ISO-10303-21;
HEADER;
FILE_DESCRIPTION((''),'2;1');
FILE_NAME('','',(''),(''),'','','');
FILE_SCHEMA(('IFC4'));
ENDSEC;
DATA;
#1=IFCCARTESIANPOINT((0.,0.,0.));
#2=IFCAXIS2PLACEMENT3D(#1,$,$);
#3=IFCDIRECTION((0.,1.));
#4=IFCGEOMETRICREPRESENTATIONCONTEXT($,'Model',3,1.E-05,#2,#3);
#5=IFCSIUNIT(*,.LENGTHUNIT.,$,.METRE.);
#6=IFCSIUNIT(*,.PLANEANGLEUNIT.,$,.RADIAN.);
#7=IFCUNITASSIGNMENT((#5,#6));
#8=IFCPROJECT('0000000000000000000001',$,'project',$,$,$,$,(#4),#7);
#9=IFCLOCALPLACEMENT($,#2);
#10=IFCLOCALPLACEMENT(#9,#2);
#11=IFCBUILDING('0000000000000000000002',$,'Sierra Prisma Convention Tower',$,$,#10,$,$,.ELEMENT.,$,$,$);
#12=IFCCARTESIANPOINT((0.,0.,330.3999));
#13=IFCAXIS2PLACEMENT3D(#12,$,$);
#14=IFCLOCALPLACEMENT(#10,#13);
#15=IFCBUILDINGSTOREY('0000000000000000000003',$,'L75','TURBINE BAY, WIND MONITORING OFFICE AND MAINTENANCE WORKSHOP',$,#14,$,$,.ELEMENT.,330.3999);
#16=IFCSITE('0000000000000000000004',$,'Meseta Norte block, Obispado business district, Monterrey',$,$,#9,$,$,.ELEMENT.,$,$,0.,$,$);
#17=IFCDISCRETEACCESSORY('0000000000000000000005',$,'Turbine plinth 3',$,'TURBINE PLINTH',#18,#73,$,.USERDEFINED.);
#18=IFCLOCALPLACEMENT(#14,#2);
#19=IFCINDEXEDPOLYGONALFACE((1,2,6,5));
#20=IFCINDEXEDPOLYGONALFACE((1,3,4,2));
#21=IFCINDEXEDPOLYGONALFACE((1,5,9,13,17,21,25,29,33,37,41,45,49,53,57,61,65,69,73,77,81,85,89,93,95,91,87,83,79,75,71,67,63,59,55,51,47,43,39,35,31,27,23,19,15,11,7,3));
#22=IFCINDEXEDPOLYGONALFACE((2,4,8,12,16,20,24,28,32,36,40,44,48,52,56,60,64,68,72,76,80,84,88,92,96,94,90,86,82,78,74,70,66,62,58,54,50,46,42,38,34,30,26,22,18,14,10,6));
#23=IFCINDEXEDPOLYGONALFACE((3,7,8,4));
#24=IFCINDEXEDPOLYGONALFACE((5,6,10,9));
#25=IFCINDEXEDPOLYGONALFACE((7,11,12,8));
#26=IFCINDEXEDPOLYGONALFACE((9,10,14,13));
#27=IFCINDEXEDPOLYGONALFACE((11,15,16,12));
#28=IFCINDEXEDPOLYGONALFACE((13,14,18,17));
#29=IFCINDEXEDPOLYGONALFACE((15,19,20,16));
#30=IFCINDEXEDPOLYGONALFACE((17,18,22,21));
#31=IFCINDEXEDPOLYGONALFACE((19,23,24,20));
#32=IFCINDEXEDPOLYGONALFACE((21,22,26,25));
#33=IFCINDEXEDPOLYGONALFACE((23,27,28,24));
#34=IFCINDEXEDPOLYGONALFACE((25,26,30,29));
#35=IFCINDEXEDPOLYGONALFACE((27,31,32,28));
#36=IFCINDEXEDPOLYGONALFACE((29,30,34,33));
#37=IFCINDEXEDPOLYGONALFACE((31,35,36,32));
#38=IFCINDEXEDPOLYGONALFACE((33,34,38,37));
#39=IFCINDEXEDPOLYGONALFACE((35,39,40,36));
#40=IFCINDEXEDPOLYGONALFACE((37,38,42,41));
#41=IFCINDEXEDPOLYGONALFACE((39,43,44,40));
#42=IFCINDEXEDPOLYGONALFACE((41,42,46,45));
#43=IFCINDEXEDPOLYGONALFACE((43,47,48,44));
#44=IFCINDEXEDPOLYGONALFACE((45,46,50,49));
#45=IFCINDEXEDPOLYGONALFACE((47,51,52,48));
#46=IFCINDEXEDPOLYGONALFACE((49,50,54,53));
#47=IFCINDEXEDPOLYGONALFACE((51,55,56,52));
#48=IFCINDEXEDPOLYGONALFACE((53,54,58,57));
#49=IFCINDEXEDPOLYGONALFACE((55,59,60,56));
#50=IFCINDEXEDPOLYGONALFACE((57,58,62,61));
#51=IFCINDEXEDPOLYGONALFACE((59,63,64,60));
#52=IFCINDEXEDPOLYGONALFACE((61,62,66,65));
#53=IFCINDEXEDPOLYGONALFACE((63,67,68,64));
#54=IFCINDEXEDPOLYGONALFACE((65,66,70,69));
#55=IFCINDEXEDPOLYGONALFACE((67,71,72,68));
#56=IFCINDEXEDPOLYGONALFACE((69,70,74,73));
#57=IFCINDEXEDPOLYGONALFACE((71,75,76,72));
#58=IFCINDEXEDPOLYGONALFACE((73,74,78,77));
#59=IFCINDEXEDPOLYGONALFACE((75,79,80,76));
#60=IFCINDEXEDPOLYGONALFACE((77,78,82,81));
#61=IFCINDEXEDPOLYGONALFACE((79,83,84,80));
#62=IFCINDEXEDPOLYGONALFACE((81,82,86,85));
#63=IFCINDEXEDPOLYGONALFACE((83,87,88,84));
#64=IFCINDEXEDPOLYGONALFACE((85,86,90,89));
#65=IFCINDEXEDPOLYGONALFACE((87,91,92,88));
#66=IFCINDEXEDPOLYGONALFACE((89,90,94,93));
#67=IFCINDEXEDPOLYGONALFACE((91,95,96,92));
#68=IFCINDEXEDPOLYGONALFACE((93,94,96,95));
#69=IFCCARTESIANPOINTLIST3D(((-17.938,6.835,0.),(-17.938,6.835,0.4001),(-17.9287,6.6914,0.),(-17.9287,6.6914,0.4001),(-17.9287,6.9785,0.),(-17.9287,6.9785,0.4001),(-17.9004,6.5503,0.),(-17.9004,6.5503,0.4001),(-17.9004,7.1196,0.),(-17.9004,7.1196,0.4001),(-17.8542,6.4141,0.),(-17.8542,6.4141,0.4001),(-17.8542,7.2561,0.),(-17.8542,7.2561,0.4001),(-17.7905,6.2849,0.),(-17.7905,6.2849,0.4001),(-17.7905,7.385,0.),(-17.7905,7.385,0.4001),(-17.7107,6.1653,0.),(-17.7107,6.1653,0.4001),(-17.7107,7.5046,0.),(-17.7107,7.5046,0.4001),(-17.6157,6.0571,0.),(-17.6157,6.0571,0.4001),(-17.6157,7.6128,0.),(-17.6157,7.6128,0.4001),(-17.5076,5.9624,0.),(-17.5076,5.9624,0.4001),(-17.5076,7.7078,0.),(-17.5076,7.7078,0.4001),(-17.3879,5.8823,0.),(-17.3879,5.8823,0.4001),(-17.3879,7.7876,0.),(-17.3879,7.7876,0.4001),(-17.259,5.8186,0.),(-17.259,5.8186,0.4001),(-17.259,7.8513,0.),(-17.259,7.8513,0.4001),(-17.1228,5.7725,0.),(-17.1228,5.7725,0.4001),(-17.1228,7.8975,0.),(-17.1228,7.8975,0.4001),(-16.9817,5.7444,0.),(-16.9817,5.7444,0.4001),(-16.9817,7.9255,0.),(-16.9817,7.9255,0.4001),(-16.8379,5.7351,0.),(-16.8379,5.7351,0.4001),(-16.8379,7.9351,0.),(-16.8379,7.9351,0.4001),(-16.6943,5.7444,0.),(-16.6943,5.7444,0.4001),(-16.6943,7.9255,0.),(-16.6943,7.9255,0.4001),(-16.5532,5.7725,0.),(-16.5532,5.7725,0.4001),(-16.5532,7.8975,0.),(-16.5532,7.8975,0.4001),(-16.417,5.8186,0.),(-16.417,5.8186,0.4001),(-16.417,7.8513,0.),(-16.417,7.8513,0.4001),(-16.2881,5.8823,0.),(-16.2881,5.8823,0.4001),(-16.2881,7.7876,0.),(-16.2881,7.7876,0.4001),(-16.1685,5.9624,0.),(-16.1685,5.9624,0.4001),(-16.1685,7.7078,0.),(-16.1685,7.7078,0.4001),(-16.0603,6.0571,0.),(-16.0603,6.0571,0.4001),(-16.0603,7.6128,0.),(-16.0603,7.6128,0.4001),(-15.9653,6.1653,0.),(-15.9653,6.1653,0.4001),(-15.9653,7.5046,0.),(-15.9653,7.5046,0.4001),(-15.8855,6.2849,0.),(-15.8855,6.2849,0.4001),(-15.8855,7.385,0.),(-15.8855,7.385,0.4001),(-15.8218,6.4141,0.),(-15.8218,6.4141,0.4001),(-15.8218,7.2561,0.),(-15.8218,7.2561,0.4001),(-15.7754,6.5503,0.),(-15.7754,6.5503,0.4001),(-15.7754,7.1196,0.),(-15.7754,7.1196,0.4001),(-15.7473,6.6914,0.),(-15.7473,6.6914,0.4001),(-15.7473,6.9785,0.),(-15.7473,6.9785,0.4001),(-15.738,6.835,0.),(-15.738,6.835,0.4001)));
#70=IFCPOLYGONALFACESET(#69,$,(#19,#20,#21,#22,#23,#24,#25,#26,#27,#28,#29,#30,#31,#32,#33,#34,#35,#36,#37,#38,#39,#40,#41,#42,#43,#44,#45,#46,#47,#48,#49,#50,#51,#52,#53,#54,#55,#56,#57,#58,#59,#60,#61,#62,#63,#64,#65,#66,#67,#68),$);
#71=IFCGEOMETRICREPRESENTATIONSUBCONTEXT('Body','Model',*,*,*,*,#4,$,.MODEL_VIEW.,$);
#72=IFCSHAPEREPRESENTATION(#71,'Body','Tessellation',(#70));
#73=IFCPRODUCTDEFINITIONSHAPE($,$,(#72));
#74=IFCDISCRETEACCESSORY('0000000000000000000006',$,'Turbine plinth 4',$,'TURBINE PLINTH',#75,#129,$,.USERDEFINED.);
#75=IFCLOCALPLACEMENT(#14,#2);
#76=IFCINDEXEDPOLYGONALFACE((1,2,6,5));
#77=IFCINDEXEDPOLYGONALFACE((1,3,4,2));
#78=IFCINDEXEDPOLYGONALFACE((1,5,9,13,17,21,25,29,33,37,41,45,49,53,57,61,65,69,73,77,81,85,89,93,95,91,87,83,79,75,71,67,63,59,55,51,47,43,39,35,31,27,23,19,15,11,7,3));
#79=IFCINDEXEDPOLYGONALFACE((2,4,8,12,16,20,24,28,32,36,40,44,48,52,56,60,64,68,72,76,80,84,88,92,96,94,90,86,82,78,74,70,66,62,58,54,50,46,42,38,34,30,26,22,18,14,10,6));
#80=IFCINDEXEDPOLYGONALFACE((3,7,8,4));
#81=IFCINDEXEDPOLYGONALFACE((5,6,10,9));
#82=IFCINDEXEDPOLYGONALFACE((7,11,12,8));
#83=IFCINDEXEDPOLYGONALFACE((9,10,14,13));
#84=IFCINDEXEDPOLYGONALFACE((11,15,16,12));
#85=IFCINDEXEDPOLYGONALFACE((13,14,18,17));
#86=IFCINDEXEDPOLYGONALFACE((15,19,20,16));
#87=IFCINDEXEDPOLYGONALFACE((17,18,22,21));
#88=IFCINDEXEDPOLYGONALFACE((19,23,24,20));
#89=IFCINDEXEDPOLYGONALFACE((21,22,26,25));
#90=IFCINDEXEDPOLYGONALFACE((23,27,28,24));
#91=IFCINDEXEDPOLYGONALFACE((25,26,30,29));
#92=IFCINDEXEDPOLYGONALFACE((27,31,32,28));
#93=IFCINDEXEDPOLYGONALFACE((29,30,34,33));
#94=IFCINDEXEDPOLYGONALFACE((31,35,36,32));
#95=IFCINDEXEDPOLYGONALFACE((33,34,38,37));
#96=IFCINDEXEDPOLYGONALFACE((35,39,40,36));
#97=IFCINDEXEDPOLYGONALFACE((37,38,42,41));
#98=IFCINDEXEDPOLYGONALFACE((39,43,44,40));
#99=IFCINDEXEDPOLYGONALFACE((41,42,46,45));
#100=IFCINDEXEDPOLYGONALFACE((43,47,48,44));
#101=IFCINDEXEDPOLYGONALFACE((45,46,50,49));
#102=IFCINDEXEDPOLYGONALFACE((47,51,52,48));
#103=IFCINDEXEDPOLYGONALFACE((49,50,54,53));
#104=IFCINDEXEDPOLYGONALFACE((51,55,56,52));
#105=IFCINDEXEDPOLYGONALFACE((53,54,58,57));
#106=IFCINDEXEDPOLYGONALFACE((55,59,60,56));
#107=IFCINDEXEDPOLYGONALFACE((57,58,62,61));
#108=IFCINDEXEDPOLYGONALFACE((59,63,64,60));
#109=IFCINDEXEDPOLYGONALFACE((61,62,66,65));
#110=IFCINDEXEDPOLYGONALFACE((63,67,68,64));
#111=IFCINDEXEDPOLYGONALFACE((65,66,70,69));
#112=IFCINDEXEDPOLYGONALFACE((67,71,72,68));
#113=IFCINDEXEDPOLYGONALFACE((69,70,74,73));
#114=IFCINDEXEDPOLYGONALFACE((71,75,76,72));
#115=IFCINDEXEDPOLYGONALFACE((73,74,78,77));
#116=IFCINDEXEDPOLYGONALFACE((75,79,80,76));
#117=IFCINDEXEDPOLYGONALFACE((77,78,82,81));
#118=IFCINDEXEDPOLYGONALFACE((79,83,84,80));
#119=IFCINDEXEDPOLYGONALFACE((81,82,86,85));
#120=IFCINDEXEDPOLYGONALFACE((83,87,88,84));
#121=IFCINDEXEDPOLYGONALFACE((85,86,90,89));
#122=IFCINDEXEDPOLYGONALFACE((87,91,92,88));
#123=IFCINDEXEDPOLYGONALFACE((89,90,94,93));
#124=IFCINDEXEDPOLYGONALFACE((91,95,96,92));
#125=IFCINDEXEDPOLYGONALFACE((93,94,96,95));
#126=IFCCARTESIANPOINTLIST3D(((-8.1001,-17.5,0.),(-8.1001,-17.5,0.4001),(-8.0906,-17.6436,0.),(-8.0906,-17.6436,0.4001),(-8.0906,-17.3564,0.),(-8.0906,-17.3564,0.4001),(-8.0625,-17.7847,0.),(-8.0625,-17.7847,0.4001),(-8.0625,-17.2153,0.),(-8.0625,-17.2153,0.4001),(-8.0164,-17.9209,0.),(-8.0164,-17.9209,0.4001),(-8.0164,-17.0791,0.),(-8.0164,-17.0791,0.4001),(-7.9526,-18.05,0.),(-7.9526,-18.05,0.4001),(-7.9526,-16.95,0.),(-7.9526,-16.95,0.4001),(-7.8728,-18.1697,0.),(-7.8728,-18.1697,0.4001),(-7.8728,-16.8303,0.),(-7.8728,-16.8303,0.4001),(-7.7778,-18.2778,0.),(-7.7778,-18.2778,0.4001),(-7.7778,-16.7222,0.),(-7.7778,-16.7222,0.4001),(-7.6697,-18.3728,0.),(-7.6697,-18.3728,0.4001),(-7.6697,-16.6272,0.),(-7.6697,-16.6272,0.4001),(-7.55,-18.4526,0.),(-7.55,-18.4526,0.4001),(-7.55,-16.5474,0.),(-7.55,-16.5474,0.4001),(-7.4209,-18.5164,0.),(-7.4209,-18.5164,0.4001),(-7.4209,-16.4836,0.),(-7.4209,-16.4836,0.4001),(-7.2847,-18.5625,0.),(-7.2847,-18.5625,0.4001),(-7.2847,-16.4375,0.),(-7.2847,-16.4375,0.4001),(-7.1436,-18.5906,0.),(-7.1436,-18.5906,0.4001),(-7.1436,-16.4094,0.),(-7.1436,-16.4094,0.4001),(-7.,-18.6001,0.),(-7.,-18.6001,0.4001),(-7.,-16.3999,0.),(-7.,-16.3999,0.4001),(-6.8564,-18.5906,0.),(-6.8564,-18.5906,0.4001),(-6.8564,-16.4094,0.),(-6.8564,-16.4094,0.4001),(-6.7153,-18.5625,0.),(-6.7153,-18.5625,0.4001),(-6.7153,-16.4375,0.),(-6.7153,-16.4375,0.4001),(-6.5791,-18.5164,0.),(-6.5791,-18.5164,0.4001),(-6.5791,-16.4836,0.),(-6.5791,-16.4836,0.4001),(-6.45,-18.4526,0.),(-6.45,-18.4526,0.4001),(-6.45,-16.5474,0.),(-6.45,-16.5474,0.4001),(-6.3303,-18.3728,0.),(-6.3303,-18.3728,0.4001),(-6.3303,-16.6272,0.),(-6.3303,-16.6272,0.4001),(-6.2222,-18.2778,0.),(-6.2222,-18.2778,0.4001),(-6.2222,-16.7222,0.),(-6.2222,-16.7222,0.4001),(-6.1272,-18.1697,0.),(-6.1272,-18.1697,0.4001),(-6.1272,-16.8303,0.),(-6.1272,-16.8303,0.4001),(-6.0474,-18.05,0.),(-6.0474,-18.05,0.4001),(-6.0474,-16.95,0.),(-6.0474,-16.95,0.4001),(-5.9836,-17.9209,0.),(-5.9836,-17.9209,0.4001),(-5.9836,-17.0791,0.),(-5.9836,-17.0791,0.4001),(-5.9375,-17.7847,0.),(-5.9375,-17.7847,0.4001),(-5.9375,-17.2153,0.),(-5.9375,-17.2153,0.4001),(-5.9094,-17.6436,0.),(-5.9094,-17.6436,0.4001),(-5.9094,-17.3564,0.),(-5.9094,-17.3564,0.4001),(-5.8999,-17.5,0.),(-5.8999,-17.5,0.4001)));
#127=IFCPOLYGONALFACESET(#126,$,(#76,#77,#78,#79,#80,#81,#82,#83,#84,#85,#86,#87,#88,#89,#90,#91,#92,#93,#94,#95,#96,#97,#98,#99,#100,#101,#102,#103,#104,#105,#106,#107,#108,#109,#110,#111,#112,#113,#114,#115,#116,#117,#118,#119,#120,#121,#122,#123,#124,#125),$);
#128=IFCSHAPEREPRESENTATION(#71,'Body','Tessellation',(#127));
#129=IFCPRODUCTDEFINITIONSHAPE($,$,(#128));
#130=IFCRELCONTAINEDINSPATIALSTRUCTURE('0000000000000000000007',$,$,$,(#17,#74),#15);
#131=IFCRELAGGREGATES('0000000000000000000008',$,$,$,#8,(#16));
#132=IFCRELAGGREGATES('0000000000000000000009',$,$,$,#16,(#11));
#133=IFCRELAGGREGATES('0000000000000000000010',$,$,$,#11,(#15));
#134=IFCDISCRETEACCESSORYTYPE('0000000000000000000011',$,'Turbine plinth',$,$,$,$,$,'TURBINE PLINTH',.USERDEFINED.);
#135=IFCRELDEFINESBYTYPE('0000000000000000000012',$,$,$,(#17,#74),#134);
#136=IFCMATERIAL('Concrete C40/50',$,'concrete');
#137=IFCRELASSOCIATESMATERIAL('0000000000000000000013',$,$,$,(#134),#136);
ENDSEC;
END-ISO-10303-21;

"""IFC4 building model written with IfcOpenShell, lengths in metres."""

from ifc_helpers import new_model, si_unit, direction, frame, origin, place, context, subcontext, project, spatial, polyline, outline, extrude, material, type_object, element, save


model = new_model("IFC4")

# Units and contexts
model_context = context("Model", 3, precision=1e-05, world=origin(), true_north=direction((0.0, 1.0)))
body_context = subcontext(model_context, "Body", "Model", "MODEL_VIEW")
ifc_project = project(units=[si_unit("LENGTHUNIT", "METRE"), si_unit("PLANEANGLEUNIT", "RADIAN")], contexts=[model_context])

# Site, building, storey
site_placement = place(None, origin())
site = spatial("IfcSite", under=ifc_project, at=site_placement, Name="Meseta Norte block, Obispado business district, Monterrey", CompositionType="ELEMENT", RefElevation=0.0)
building_placement = place(site_placement, origin())
building = spatial("IfcBuilding", under=site, at=building_placement, Name="Sierra Prisma Convention Tower", CompositionType="ELEMENT")
storey_placement = place(building_placement, frame((0.0, 0.0, 330.3999)))
storey = spatial("IfcBuildingStorey", under=building, at=storey_placement, Name="L75", Description="TURBINE BAY, WIND MONITORING OFFICE AND MAINTENANCE WORKSHOP", CompositionType="ELEMENT", Elevation=330.3999)

# Discrete accessories
ifc_material_1 = material(Name="Concrete C40/50", Category="concrete")
discrete_accessory_type_1 = type_object("IfcDiscreteAccessoryType", Name="Turbine plinth", ElementType="TURBINE PLINTH", PredefinedType="USERDEFINED", material=ifc_material_1)
discrete_accessory_1_placement = place(storey_placement, origin())
element("IfcDiscreteAccessory", 1, at=discrete_accessory_1_placement, inside=storey, type_object=discrete_accessory_type_1, Name="Turbine plinth 3", ObjectType="TURBINE PLINTH", PredefinedType="USERDEFINED", context=body_context, shape_type="SweptSolid", body=[
    extrude(outline(polyline([(-15.738, 6.835), (-15.7473, 6.9785), (-15.7754, 7.1196), (-15.8218, 7.2561), (-15.8855, 7.385), (-15.9653, 7.5046), (-16.0603, 7.6128), (-16.1685, 7.7078), (-16.2881, 7.7876), (-16.417, 7.8513), (-16.5532, 7.8975), (-16.6943, 7.9255), (-16.8379, 7.9351), (-16.9817, 7.9255), (-17.1228, 7.8975), (-17.259, 7.8513), (-17.3879, 7.7876), (-17.5076, 7.7078), (-17.6157, 7.6128), (-17.7107, 7.5046), (-17.7905, 7.385), (-17.8542, 7.2561), (-17.9004, 7.1196), (-17.9287, 6.9785), (-17.938, 6.835), (-17.9287, 6.6914), (-17.9004, 6.5503), (-17.8542, 6.4141), (-17.7905, 6.2849), (-17.7107, 6.1653), (-17.6157, 6.0571), (-17.5076, 5.9624), (-17.3879, 5.8823), (-17.259, 5.8186), (-17.1228, 5.7725), (-16.9817, 5.7444), (-16.8379, 5.7351), (-16.6943, 5.7444), (-16.5532, 5.7725), (-16.417, 5.8186), (-16.2881, 5.8823), (-16.1685, 5.9624), (-16.0603, 6.0571), (-15.9653, 6.1653), (-15.8855, 6.2849), (-15.8218, 6.4141), (-15.7754, 6.5503), (-15.7473, 6.6914), (-15.738, 6.835)])), origin(), (0.0, 0.0, 1.0), 0.4001),
])
discrete_accessory_2_placement = place(storey_placement, origin())
element("IfcDiscreteAccessory", 2, at=discrete_accessory_2_placement, inside=storey, type_object=discrete_accessory_type_1, Name="Turbine plinth 4", ObjectType="TURBINE PLINTH", PredefinedType="USERDEFINED", context=body_context, shape_type="SweptSolid", body=[
    extrude(outline(polyline([(-5.8999, -17.5), (-5.9094, -17.3564), (-5.9375, -17.2153), (-5.9836, -17.0791), (-6.0474, -16.95), (-6.1272, -16.8303), (-6.2222, -16.7222), (-6.3303, -16.6272), (-6.45, -16.5474), (-6.5791, -16.4836), (-6.7153, -16.4375), (-6.8564, -16.4094), (-7.0, -16.3999), (-7.1436, -16.4094), (-7.2847, -16.4375), (-7.4209, -16.4836), (-7.55, -16.5474), (-7.6697, -16.6272), (-7.7778, -16.7222), (-7.8728, -16.8303), (-7.9526, -16.95), (-8.0164, -17.0791), (-8.0625, -17.2153), (-8.0906, -17.3564), (-8.1001, -17.5), (-8.0906, -17.6436), (-8.0625, -17.7847), (-8.0164, -17.9209), (-7.9526, -18.05), (-7.8728, -18.1697), (-7.7778, -18.2778), (-7.6697, -18.3728), (-7.55, -18.4526), (-7.4209, -18.5164), (-7.2847, -18.5625), (-7.1436, -18.5906), (-7.0, -18.6001), (-6.8564, -18.5906), (-6.7153, -18.5625), (-6.5791, -18.5164), (-6.45, -18.4526), (-6.3303, -18.3728), (-6.2222, -18.2778), (-6.1272, -18.1697), (-6.0474, -18.05), (-5.9836, -17.9209), (-5.9375, -17.7847), (-5.9094, -17.6436), (-5.8999, -17.5)])), origin(), (0.0, 0.0, 1.0), 0.4001),
])

save(model, "model.ifc")
